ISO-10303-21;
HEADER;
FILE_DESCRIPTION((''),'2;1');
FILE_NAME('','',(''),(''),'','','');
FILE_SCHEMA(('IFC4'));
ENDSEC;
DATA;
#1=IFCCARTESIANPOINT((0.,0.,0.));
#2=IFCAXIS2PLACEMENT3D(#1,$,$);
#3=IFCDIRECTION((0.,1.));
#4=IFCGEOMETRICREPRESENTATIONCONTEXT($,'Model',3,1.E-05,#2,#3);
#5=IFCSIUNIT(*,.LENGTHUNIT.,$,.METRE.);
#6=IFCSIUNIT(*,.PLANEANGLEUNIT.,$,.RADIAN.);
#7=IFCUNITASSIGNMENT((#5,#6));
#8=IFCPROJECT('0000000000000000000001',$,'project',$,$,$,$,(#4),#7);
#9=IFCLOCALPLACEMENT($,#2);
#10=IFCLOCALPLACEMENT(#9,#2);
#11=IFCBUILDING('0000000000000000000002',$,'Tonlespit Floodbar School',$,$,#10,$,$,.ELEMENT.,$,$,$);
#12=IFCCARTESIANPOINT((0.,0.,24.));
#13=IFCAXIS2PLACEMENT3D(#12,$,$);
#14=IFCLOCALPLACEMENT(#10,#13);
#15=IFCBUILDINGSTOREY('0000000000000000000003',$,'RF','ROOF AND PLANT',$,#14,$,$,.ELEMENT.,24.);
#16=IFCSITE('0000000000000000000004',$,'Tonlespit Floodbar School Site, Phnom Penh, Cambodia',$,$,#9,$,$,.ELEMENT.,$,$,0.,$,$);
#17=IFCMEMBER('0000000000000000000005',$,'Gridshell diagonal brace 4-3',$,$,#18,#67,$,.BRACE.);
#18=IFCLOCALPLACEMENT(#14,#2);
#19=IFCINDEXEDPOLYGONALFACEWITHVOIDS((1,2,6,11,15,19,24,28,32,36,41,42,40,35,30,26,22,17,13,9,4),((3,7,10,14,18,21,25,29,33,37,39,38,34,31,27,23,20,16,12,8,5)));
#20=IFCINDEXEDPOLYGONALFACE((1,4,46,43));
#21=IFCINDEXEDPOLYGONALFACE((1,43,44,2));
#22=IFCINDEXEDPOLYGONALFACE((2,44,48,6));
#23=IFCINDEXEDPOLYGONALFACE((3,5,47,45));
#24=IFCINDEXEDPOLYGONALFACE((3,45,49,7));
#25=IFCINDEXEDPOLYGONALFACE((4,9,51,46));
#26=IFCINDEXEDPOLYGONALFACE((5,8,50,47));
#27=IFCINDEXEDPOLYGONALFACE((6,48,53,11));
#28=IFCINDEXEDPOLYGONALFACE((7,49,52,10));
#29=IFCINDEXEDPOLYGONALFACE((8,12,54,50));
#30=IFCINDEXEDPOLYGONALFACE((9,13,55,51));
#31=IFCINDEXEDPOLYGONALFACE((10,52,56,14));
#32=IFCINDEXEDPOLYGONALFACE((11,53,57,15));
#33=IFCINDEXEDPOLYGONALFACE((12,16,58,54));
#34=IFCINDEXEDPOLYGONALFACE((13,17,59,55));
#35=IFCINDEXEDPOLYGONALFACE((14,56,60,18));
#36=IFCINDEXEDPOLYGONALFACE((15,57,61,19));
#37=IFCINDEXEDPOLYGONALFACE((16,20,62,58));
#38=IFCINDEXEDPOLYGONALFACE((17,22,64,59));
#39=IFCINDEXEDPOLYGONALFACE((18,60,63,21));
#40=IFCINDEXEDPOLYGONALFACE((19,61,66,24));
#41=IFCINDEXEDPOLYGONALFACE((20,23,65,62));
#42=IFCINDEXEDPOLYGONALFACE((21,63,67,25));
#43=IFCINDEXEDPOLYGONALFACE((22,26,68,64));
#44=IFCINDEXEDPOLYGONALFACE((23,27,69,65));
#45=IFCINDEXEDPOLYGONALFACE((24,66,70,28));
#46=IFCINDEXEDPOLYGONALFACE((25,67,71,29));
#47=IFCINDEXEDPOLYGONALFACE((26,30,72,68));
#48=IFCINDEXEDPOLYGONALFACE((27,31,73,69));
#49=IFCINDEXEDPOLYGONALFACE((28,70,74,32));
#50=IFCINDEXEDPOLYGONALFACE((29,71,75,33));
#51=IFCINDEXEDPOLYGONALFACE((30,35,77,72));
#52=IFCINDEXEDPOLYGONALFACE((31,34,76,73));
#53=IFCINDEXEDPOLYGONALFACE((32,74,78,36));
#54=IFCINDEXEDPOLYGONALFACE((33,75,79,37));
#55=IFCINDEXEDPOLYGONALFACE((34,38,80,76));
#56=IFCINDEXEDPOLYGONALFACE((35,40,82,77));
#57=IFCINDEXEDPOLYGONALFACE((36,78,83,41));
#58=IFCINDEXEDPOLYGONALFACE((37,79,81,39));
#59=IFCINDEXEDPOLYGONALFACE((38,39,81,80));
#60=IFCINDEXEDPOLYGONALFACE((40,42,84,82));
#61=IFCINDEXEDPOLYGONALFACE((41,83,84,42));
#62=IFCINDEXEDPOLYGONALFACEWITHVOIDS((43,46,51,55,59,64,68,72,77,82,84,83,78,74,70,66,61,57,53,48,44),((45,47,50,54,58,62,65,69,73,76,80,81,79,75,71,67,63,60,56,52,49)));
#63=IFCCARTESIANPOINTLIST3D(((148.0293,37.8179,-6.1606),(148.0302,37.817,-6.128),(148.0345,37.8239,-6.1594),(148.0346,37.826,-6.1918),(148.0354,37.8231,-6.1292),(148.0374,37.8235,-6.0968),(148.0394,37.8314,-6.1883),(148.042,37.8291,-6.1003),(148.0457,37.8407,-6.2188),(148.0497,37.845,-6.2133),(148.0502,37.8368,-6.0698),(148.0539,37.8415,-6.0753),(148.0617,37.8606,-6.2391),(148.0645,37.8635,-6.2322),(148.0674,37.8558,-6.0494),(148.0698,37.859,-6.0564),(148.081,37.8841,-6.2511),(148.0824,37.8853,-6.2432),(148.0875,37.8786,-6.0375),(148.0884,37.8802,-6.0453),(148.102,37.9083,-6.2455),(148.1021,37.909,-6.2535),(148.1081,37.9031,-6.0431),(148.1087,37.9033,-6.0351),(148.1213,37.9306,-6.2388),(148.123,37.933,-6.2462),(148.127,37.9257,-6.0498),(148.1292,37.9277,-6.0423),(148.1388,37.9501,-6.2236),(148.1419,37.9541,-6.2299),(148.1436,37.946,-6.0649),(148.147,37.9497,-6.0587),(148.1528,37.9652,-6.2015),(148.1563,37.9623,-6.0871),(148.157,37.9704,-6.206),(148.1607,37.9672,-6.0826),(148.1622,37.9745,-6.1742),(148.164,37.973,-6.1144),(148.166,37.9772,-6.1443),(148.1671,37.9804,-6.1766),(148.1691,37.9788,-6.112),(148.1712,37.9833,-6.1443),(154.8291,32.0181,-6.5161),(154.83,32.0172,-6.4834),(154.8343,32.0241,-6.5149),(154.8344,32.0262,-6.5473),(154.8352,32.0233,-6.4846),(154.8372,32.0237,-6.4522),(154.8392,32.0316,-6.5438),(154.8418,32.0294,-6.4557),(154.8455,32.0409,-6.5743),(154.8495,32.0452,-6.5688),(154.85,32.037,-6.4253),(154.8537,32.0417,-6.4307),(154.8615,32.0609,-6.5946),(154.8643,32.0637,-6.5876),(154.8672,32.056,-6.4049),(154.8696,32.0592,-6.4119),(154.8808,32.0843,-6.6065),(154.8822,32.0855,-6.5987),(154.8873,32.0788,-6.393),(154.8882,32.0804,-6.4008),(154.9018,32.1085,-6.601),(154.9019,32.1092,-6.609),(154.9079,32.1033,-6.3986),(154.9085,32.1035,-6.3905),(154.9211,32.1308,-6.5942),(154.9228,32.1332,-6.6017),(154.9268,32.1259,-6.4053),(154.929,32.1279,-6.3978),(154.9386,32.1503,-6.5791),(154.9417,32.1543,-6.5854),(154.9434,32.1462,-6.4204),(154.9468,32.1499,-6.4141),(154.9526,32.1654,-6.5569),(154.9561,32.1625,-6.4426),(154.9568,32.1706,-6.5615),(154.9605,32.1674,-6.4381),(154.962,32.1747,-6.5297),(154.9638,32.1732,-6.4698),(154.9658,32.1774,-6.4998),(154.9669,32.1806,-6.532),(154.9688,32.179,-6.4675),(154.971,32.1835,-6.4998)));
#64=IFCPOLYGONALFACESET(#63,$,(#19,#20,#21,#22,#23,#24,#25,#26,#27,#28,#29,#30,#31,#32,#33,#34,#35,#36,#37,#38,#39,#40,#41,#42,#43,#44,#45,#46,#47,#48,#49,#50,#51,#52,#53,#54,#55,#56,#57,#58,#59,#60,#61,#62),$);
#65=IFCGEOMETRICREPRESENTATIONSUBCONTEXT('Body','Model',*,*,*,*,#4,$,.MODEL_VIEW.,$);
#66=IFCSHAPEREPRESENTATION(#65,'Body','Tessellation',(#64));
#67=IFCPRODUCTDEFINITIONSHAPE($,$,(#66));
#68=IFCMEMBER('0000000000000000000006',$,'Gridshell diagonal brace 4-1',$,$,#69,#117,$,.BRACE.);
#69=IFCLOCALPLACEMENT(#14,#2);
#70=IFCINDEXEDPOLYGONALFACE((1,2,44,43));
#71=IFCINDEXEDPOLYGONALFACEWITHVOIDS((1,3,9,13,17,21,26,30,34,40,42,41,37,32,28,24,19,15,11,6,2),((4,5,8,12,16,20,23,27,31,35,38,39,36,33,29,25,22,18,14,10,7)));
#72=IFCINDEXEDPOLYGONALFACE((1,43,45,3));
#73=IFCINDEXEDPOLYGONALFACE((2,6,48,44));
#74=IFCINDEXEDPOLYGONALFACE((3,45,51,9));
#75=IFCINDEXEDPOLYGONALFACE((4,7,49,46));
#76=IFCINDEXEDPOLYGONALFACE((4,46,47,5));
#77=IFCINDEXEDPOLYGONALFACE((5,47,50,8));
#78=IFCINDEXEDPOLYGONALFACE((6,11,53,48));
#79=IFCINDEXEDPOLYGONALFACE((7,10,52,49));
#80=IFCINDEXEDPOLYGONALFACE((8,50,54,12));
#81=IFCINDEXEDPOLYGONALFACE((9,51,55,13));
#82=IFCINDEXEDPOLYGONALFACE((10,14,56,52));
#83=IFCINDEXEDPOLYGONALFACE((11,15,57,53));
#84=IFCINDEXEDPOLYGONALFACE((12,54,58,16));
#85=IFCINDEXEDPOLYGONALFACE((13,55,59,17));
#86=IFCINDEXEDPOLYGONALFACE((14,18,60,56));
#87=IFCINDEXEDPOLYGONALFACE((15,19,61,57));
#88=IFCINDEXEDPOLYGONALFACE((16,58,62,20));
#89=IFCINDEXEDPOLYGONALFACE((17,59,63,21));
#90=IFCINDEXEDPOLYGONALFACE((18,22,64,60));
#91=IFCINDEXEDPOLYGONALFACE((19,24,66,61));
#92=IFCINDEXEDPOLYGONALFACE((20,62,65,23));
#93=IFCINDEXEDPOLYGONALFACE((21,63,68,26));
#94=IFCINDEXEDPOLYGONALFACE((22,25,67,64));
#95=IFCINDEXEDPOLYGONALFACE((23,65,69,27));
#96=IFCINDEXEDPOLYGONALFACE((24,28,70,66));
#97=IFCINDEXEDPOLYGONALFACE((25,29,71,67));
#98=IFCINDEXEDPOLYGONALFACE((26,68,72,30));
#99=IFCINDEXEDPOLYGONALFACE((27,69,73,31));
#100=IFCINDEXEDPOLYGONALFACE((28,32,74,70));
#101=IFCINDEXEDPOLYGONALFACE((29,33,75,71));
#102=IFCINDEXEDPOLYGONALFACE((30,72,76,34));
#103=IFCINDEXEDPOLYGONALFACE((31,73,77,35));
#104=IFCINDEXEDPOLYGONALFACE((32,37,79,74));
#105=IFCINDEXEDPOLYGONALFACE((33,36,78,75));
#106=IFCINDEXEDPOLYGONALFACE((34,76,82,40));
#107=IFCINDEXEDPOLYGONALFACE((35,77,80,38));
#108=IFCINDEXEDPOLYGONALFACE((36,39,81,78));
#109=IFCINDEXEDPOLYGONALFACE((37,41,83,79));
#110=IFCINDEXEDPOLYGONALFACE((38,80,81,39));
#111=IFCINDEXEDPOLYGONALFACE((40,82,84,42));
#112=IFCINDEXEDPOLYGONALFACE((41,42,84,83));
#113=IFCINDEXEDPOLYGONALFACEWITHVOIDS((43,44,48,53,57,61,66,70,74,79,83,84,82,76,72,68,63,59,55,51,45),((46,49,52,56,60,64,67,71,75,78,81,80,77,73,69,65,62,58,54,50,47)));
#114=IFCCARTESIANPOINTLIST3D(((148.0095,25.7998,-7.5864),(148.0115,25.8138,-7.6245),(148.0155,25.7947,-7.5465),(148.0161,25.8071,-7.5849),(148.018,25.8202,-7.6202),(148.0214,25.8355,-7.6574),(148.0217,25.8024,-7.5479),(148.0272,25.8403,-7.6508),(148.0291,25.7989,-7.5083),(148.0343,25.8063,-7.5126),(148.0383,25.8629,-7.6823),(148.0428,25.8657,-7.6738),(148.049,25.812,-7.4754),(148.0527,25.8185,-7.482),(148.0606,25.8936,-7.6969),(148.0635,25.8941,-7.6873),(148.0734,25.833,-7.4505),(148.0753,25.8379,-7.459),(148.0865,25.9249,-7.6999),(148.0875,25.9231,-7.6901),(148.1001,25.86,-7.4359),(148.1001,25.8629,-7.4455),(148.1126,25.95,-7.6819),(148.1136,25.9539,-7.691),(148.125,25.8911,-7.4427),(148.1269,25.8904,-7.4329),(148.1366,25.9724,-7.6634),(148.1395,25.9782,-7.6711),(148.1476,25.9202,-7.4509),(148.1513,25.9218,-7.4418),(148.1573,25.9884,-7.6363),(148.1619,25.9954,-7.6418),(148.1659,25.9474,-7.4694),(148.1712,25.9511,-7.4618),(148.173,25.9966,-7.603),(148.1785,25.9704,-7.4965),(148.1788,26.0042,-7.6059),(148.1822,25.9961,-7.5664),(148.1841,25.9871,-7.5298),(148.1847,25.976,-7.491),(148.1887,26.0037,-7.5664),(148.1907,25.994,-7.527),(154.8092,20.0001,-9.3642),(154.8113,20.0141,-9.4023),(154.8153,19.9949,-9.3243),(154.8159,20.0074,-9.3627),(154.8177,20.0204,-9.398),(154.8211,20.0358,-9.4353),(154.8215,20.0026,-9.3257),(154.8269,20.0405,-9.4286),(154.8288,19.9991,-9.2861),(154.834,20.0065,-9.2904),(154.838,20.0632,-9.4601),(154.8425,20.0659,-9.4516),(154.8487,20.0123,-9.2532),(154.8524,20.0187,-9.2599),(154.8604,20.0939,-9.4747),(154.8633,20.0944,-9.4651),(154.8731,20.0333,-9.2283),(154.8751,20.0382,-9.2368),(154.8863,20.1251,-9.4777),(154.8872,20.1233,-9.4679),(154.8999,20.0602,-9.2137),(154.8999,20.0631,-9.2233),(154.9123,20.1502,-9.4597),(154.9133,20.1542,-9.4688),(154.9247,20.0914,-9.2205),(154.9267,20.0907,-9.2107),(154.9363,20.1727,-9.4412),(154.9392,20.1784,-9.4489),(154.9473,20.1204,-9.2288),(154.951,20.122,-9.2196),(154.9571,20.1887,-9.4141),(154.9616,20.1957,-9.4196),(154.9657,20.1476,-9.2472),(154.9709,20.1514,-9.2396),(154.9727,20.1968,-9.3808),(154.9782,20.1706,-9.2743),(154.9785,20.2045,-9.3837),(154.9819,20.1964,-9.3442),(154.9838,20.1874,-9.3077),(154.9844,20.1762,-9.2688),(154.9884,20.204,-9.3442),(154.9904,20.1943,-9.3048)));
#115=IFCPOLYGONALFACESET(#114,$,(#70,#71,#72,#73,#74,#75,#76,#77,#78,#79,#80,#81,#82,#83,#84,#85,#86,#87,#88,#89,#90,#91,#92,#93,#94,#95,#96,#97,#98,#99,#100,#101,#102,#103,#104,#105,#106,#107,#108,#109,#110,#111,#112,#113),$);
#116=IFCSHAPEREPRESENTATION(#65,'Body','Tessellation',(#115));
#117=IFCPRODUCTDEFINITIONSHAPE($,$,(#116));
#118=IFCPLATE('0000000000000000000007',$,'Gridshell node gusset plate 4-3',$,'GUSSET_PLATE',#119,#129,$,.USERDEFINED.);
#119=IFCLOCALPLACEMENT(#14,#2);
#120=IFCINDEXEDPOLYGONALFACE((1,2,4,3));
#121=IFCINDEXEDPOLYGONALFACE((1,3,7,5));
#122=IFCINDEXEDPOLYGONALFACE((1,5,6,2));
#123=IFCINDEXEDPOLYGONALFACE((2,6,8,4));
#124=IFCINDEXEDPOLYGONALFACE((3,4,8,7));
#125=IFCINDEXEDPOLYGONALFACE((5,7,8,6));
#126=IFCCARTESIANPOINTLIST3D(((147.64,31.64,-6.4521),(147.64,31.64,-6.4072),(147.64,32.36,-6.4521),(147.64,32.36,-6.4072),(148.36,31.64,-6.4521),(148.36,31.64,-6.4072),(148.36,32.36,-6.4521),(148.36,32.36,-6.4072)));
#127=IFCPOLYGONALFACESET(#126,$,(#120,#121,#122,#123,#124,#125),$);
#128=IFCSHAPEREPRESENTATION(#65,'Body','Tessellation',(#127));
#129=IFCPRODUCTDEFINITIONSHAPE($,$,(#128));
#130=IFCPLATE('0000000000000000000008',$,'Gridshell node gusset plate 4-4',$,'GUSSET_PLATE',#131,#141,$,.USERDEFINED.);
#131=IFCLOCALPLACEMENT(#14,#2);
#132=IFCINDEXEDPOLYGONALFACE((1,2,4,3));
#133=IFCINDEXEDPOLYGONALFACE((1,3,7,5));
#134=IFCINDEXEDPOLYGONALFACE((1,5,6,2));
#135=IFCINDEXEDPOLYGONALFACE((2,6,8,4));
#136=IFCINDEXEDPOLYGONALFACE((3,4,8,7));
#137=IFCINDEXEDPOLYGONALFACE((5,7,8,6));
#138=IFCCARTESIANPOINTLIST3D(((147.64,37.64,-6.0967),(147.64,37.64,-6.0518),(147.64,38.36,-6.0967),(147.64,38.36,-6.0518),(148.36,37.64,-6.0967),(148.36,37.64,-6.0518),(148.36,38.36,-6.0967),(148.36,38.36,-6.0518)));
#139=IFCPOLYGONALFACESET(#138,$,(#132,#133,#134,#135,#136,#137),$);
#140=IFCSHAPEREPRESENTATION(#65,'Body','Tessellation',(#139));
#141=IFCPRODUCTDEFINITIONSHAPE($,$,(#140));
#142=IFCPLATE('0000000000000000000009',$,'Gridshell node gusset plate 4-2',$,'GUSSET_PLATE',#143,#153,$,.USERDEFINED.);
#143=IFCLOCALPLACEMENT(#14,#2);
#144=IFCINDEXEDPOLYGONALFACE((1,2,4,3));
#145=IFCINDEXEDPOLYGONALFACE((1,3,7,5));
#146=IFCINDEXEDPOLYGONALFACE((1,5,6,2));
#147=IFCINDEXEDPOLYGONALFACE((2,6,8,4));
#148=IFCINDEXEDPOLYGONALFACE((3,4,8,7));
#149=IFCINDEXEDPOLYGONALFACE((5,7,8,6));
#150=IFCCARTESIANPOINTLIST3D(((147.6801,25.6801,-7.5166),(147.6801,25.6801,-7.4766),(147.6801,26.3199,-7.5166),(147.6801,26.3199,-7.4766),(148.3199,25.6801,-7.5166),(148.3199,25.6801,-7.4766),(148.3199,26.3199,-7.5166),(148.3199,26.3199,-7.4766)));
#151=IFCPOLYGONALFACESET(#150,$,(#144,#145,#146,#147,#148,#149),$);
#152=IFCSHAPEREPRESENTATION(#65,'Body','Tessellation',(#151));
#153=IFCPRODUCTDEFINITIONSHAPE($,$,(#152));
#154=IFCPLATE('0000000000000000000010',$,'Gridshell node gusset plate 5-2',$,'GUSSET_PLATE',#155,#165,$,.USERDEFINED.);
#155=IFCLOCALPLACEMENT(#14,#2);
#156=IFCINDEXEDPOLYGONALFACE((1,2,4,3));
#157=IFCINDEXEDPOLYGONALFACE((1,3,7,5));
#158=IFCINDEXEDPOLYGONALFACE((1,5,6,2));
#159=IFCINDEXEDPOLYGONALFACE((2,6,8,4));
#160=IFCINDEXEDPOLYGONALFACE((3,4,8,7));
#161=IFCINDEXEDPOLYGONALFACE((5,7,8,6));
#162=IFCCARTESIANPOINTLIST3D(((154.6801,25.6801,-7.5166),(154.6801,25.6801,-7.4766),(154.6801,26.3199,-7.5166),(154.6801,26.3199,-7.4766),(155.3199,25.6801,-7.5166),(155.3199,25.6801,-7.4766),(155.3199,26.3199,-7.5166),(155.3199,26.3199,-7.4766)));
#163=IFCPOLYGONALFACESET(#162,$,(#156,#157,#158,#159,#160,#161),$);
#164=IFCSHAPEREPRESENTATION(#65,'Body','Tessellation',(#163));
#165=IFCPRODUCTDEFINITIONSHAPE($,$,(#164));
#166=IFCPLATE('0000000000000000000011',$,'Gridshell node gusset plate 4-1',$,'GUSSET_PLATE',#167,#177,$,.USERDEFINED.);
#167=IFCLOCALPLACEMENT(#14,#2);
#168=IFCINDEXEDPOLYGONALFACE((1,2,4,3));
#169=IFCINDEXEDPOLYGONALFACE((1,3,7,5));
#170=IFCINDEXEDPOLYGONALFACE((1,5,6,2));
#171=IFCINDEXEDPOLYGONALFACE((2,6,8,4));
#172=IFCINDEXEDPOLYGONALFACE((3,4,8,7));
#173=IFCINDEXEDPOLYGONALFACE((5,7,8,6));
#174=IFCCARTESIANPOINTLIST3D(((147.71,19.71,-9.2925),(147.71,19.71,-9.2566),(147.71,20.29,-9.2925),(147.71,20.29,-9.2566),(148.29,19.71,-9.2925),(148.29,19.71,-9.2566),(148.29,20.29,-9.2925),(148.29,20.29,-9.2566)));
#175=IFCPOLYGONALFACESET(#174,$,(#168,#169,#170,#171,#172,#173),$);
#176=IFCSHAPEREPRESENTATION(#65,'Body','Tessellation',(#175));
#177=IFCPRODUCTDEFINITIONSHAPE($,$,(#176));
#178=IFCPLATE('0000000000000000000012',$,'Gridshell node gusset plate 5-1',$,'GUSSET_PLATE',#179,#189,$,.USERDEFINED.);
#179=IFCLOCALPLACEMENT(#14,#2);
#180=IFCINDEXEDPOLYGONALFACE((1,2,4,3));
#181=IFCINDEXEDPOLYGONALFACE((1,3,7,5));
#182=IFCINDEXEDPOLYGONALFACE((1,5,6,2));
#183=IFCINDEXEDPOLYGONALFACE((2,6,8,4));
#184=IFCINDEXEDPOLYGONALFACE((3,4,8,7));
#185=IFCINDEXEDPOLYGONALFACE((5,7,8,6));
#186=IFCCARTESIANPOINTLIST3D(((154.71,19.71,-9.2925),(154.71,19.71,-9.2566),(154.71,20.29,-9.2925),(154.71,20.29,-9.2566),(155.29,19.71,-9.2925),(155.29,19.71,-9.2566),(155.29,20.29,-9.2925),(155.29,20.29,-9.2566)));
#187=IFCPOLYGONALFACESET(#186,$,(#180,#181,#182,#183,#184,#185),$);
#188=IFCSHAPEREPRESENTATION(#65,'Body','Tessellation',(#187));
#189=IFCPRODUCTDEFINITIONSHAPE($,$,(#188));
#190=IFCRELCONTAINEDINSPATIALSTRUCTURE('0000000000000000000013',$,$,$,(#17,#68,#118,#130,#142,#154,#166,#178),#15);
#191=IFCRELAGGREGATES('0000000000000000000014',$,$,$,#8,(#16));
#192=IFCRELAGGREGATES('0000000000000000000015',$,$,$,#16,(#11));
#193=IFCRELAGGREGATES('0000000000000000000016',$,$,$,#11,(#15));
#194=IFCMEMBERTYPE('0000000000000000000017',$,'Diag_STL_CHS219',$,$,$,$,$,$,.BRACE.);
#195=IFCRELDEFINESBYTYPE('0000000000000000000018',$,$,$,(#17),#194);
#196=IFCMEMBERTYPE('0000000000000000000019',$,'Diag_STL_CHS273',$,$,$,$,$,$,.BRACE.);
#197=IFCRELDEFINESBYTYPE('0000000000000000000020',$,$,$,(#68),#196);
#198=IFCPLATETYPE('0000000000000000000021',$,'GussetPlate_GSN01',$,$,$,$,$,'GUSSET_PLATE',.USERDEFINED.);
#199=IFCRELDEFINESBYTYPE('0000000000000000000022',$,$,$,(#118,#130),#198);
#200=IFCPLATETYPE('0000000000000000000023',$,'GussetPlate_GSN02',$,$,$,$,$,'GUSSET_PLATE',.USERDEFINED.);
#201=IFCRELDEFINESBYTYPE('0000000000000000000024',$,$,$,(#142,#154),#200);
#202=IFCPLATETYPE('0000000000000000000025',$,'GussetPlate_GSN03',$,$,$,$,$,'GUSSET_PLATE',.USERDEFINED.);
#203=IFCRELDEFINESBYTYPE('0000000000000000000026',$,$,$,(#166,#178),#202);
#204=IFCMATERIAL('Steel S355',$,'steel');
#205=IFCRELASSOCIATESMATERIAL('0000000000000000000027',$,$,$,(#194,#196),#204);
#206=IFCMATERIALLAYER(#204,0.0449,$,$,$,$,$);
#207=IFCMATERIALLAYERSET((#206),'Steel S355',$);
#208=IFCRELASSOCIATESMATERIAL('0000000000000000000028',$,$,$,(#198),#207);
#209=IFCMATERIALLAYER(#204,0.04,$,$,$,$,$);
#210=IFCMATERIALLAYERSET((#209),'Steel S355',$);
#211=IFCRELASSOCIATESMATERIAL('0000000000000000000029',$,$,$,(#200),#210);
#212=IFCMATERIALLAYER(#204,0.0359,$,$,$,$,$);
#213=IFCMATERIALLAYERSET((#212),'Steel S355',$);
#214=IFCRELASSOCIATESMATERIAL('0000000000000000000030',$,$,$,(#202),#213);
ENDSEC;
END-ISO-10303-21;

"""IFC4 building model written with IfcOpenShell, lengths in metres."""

from ifc_helpers import new_model, si_unit, direction, frame, origin, origin_2d, place, context, subcontext, project, spatial, rectangle, hollow_circle, extrude, material, layer, layer_set, material_profile, profile_set, type_object, element, save


model = new_model("IFC4")

# Units and contexts
model_context = context("Model", 3, precision=1e-05, world=origin(), true_north=direction((0.0, 1.0)))
body_context = subcontext(model_context, "Body", "Model", "MODEL_VIEW")
ifc_project = project(units=[si_unit("LENGTHUNIT", "METRE"), si_unit("PLANEANGLEUNIT", "RADIAN")], contexts=[model_context])

# Site, building, storey
site_placement = place(None, origin())
site = spatial("IfcSite", under=ifc_project, at=site_placement, Name="Tonlespit Floodbar School Site, Phnom Penh, Cambodia", CompositionType="ELEMENT", RefElevation=0.0)
building_placement = place(site_placement, origin())
building = spatial("IfcBuilding", under=site, at=building_placement, Name="Tonlespit Floodbar School", CompositionType="ELEMENT")
storey_placement = place(building_placement, frame((0.0, 0.0, 24.0)))
storey = spatial("IfcBuildingStorey", under=building, at=storey_placement, Name="RF", Description="ROOF AND PLANT", CompositionType="ELEMENT", Elevation=24.0)

# Members
ifc_material_1 = material(Name="Steel S355", Category="steel")
ifc_material_profile_1 = material_profile(ifc_material_1, hollow_circle(Radius=0.1096, WallThickness=0.0081, at=origin_2d()), Name="CHS 219.1x8")
ifc_profile_set_1 = profile_set([ifc_material_profile_1], Name="Steel S355")
member_type_1 = type_object("IfcMemberType", Name="Diag_STL_CHS219", PredefinedType="BRACE", material=ifc_profile_set_1)
member_1_placement = place(storey_placement, frame((148.1001, 37.8999, -6.1443), z_axis=(0.760234, -0.648432, -0.039742), x_axis=(0.648945, 0.760836, 0.0)))
element("IfcMember", 1, at=member_1_placement, inside=storey, type_object=member_type_1, Name="Gridshell diagonal brace 4-3", PredefinedType="BRACE", context=body_context, shape_type="SweptSolid", body=[
    extrude(hollow_circle(Radius=0.1096, WallThickness=0.0081, at=origin_2d()), origin(), (0.0, 0.0, 1.0), 8.9443),
])
ifc_material_profile_2 = material_profile(ifc_material_1, hollow_circle(Radius=0.1365, WallThickness=0.01, at=origin_2d()), Name="CHS 273x10")
ifc_profile_set_2 = profile_set([ifc_material_profile_2], Name="Steel S355")
member_type_2 = type_object("IfcMemberType", Name="Diag_STL_CHS273", PredefinedType="BRACE", material=ifc_profile_set_2)
member_2_placement = place(storey_placement, frame((148.1001, 25.8999, -7.5664), z_axis=(0.746215, -0.636474, -0.1951), x_axis=(0.648945, 0.760836, 0.0)))
element("IfcMember", 2, at=member_2_placement, inside=storey, type_object=member_type_2, Name="Gridshell diagonal brace 4-1", PredefinedType="BRACE", context=body_context, shape_type="SweptSolid", body=[
    extrude(hollow_circle(Radius=0.1365, WallThickness=0.01, at=origin_2d()), origin(), (0.0, 0.0, 1.0), 9.1123),
])

# Plates
ifc_layer_1 = layer(ifc_material_1, 0.0449)
ifc_layer_set_1 = layer_set([ifc_layer_1], Name="Steel S355")
plate_type_1 = type_object("IfcPlateType", Name="GussetPlate_GSN01", ElementType="GUSSET_PLATE", PredefinedType="USERDEFINED", material=ifc_layer_set_1)
for number, where, z_axis, x_axis, name in (
    (3, (148.0, 32.0, -6.4521), (0.0, 0.0, 1.0), (1.0, 0.0, 0.0), "Gridshell node gusset plate 4-3"),
    (4, (148.0, 38.0, -6.0967), (0.0, 0.0, 1.0), (1.0, 0.0, 0.0), "Gridshell node gusset plate 4-4"),
):
    element("IfcPlate", number, at=place(storey_placement, frame(where, z_axis=z_axis, x_axis=x_axis)), inside=storey, type_object=plate_type_1, Name=name, ObjectType="GUSSET_PLATE", PredefinedType="USERDEFINED", context=body_context, shape_type="SweptSolid", body=[
        extrude(rectangle(XDim=0.72, YDim=0.72, at=origin_2d()), origin(), (0.0, 0.0, 1.0), 0.0449),
    ])
ifc_layer_2 = layer(ifc_material_1, 0.04)
ifc_layer_set_2 = layer_set([ifc_layer_2], Name="Steel S355")
plate_type_2 = type_object("IfcPlateType", Name="GussetPlate_GSN02", ElementType="GUSSET_PLATE", PredefinedType="USERDEFINED", material=ifc_layer_set_2)
for number, where, z_axis, x_axis, name in (
    (5, (148.0, 26.0, -7.5166), (0.0, 0.0, 1.0), (1.0, 0.0, 0.0), "Gridshell node gusset plate 4-2"),
    (6, (155.0, 26.0, -7.5166), (0.0, 0.0, 1.0), (1.0, 0.0, 0.0), "Gridshell node gusset plate 5-2"),
):
    element("IfcPlate", number, at=place(storey_placement, frame(where, z_axis=z_axis, x_axis=x_axis)), inside=storey, type_object=plate_type_2, Name=name, ObjectType="GUSSET_PLATE", PredefinedType="USERDEFINED", context=body_context, shape_type="SweptSolid", body=[
        extrude(rectangle(XDim=0.6399, YDim=0.6399, at=origin_2d()), origin(), (0.0, 0.0, 1.0), 0.04),
    ])
ifc_layer_3 = layer(ifc_material_1, 0.0359)
ifc_layer_set_3 = layer_set([ifc_layer_3], Name="Steel S355")
plate_type_3 = type_object("IfcPlateType", Name="GussetPlate_GSN03", ElementType="GUSSET_PLATE", PredefinedType="USERDEFINED", material=ifc_layer_set_3)
for number, where, z_axis, x_axis, name in (
    (7, (148.0, 20.0, -9.2925), (0.0, 0.0, 1.0), (1.0, 0.0, 0.0), "Gridshell node gusset plate 4-1"),
    (8, (155.0, 20.0, -9.2925), (0.0, 0.0, 1.0), (1.0, 0.0, 0.0), "Gridshell node gusset plate 5-1"),
):
    element("IfcPlate", number, at=place(storey_placement, frame(where, z_axis=z_axis, x_axis=x_axis)), inside=storey, type_object=plate_type_3, Name=name, ObjectType="GUSSET_PLATE", PredefinedType="USERDEFINED", context=body_context, shape_type="SweptSolid", body=[
        extrude(rectangle(XDim=0.5801, YDim=0.5801, at=origin_2d()), origin(), (0.0, 0.0, 1.0), 0.0359),
    ])

save(model, "model.ifc")
